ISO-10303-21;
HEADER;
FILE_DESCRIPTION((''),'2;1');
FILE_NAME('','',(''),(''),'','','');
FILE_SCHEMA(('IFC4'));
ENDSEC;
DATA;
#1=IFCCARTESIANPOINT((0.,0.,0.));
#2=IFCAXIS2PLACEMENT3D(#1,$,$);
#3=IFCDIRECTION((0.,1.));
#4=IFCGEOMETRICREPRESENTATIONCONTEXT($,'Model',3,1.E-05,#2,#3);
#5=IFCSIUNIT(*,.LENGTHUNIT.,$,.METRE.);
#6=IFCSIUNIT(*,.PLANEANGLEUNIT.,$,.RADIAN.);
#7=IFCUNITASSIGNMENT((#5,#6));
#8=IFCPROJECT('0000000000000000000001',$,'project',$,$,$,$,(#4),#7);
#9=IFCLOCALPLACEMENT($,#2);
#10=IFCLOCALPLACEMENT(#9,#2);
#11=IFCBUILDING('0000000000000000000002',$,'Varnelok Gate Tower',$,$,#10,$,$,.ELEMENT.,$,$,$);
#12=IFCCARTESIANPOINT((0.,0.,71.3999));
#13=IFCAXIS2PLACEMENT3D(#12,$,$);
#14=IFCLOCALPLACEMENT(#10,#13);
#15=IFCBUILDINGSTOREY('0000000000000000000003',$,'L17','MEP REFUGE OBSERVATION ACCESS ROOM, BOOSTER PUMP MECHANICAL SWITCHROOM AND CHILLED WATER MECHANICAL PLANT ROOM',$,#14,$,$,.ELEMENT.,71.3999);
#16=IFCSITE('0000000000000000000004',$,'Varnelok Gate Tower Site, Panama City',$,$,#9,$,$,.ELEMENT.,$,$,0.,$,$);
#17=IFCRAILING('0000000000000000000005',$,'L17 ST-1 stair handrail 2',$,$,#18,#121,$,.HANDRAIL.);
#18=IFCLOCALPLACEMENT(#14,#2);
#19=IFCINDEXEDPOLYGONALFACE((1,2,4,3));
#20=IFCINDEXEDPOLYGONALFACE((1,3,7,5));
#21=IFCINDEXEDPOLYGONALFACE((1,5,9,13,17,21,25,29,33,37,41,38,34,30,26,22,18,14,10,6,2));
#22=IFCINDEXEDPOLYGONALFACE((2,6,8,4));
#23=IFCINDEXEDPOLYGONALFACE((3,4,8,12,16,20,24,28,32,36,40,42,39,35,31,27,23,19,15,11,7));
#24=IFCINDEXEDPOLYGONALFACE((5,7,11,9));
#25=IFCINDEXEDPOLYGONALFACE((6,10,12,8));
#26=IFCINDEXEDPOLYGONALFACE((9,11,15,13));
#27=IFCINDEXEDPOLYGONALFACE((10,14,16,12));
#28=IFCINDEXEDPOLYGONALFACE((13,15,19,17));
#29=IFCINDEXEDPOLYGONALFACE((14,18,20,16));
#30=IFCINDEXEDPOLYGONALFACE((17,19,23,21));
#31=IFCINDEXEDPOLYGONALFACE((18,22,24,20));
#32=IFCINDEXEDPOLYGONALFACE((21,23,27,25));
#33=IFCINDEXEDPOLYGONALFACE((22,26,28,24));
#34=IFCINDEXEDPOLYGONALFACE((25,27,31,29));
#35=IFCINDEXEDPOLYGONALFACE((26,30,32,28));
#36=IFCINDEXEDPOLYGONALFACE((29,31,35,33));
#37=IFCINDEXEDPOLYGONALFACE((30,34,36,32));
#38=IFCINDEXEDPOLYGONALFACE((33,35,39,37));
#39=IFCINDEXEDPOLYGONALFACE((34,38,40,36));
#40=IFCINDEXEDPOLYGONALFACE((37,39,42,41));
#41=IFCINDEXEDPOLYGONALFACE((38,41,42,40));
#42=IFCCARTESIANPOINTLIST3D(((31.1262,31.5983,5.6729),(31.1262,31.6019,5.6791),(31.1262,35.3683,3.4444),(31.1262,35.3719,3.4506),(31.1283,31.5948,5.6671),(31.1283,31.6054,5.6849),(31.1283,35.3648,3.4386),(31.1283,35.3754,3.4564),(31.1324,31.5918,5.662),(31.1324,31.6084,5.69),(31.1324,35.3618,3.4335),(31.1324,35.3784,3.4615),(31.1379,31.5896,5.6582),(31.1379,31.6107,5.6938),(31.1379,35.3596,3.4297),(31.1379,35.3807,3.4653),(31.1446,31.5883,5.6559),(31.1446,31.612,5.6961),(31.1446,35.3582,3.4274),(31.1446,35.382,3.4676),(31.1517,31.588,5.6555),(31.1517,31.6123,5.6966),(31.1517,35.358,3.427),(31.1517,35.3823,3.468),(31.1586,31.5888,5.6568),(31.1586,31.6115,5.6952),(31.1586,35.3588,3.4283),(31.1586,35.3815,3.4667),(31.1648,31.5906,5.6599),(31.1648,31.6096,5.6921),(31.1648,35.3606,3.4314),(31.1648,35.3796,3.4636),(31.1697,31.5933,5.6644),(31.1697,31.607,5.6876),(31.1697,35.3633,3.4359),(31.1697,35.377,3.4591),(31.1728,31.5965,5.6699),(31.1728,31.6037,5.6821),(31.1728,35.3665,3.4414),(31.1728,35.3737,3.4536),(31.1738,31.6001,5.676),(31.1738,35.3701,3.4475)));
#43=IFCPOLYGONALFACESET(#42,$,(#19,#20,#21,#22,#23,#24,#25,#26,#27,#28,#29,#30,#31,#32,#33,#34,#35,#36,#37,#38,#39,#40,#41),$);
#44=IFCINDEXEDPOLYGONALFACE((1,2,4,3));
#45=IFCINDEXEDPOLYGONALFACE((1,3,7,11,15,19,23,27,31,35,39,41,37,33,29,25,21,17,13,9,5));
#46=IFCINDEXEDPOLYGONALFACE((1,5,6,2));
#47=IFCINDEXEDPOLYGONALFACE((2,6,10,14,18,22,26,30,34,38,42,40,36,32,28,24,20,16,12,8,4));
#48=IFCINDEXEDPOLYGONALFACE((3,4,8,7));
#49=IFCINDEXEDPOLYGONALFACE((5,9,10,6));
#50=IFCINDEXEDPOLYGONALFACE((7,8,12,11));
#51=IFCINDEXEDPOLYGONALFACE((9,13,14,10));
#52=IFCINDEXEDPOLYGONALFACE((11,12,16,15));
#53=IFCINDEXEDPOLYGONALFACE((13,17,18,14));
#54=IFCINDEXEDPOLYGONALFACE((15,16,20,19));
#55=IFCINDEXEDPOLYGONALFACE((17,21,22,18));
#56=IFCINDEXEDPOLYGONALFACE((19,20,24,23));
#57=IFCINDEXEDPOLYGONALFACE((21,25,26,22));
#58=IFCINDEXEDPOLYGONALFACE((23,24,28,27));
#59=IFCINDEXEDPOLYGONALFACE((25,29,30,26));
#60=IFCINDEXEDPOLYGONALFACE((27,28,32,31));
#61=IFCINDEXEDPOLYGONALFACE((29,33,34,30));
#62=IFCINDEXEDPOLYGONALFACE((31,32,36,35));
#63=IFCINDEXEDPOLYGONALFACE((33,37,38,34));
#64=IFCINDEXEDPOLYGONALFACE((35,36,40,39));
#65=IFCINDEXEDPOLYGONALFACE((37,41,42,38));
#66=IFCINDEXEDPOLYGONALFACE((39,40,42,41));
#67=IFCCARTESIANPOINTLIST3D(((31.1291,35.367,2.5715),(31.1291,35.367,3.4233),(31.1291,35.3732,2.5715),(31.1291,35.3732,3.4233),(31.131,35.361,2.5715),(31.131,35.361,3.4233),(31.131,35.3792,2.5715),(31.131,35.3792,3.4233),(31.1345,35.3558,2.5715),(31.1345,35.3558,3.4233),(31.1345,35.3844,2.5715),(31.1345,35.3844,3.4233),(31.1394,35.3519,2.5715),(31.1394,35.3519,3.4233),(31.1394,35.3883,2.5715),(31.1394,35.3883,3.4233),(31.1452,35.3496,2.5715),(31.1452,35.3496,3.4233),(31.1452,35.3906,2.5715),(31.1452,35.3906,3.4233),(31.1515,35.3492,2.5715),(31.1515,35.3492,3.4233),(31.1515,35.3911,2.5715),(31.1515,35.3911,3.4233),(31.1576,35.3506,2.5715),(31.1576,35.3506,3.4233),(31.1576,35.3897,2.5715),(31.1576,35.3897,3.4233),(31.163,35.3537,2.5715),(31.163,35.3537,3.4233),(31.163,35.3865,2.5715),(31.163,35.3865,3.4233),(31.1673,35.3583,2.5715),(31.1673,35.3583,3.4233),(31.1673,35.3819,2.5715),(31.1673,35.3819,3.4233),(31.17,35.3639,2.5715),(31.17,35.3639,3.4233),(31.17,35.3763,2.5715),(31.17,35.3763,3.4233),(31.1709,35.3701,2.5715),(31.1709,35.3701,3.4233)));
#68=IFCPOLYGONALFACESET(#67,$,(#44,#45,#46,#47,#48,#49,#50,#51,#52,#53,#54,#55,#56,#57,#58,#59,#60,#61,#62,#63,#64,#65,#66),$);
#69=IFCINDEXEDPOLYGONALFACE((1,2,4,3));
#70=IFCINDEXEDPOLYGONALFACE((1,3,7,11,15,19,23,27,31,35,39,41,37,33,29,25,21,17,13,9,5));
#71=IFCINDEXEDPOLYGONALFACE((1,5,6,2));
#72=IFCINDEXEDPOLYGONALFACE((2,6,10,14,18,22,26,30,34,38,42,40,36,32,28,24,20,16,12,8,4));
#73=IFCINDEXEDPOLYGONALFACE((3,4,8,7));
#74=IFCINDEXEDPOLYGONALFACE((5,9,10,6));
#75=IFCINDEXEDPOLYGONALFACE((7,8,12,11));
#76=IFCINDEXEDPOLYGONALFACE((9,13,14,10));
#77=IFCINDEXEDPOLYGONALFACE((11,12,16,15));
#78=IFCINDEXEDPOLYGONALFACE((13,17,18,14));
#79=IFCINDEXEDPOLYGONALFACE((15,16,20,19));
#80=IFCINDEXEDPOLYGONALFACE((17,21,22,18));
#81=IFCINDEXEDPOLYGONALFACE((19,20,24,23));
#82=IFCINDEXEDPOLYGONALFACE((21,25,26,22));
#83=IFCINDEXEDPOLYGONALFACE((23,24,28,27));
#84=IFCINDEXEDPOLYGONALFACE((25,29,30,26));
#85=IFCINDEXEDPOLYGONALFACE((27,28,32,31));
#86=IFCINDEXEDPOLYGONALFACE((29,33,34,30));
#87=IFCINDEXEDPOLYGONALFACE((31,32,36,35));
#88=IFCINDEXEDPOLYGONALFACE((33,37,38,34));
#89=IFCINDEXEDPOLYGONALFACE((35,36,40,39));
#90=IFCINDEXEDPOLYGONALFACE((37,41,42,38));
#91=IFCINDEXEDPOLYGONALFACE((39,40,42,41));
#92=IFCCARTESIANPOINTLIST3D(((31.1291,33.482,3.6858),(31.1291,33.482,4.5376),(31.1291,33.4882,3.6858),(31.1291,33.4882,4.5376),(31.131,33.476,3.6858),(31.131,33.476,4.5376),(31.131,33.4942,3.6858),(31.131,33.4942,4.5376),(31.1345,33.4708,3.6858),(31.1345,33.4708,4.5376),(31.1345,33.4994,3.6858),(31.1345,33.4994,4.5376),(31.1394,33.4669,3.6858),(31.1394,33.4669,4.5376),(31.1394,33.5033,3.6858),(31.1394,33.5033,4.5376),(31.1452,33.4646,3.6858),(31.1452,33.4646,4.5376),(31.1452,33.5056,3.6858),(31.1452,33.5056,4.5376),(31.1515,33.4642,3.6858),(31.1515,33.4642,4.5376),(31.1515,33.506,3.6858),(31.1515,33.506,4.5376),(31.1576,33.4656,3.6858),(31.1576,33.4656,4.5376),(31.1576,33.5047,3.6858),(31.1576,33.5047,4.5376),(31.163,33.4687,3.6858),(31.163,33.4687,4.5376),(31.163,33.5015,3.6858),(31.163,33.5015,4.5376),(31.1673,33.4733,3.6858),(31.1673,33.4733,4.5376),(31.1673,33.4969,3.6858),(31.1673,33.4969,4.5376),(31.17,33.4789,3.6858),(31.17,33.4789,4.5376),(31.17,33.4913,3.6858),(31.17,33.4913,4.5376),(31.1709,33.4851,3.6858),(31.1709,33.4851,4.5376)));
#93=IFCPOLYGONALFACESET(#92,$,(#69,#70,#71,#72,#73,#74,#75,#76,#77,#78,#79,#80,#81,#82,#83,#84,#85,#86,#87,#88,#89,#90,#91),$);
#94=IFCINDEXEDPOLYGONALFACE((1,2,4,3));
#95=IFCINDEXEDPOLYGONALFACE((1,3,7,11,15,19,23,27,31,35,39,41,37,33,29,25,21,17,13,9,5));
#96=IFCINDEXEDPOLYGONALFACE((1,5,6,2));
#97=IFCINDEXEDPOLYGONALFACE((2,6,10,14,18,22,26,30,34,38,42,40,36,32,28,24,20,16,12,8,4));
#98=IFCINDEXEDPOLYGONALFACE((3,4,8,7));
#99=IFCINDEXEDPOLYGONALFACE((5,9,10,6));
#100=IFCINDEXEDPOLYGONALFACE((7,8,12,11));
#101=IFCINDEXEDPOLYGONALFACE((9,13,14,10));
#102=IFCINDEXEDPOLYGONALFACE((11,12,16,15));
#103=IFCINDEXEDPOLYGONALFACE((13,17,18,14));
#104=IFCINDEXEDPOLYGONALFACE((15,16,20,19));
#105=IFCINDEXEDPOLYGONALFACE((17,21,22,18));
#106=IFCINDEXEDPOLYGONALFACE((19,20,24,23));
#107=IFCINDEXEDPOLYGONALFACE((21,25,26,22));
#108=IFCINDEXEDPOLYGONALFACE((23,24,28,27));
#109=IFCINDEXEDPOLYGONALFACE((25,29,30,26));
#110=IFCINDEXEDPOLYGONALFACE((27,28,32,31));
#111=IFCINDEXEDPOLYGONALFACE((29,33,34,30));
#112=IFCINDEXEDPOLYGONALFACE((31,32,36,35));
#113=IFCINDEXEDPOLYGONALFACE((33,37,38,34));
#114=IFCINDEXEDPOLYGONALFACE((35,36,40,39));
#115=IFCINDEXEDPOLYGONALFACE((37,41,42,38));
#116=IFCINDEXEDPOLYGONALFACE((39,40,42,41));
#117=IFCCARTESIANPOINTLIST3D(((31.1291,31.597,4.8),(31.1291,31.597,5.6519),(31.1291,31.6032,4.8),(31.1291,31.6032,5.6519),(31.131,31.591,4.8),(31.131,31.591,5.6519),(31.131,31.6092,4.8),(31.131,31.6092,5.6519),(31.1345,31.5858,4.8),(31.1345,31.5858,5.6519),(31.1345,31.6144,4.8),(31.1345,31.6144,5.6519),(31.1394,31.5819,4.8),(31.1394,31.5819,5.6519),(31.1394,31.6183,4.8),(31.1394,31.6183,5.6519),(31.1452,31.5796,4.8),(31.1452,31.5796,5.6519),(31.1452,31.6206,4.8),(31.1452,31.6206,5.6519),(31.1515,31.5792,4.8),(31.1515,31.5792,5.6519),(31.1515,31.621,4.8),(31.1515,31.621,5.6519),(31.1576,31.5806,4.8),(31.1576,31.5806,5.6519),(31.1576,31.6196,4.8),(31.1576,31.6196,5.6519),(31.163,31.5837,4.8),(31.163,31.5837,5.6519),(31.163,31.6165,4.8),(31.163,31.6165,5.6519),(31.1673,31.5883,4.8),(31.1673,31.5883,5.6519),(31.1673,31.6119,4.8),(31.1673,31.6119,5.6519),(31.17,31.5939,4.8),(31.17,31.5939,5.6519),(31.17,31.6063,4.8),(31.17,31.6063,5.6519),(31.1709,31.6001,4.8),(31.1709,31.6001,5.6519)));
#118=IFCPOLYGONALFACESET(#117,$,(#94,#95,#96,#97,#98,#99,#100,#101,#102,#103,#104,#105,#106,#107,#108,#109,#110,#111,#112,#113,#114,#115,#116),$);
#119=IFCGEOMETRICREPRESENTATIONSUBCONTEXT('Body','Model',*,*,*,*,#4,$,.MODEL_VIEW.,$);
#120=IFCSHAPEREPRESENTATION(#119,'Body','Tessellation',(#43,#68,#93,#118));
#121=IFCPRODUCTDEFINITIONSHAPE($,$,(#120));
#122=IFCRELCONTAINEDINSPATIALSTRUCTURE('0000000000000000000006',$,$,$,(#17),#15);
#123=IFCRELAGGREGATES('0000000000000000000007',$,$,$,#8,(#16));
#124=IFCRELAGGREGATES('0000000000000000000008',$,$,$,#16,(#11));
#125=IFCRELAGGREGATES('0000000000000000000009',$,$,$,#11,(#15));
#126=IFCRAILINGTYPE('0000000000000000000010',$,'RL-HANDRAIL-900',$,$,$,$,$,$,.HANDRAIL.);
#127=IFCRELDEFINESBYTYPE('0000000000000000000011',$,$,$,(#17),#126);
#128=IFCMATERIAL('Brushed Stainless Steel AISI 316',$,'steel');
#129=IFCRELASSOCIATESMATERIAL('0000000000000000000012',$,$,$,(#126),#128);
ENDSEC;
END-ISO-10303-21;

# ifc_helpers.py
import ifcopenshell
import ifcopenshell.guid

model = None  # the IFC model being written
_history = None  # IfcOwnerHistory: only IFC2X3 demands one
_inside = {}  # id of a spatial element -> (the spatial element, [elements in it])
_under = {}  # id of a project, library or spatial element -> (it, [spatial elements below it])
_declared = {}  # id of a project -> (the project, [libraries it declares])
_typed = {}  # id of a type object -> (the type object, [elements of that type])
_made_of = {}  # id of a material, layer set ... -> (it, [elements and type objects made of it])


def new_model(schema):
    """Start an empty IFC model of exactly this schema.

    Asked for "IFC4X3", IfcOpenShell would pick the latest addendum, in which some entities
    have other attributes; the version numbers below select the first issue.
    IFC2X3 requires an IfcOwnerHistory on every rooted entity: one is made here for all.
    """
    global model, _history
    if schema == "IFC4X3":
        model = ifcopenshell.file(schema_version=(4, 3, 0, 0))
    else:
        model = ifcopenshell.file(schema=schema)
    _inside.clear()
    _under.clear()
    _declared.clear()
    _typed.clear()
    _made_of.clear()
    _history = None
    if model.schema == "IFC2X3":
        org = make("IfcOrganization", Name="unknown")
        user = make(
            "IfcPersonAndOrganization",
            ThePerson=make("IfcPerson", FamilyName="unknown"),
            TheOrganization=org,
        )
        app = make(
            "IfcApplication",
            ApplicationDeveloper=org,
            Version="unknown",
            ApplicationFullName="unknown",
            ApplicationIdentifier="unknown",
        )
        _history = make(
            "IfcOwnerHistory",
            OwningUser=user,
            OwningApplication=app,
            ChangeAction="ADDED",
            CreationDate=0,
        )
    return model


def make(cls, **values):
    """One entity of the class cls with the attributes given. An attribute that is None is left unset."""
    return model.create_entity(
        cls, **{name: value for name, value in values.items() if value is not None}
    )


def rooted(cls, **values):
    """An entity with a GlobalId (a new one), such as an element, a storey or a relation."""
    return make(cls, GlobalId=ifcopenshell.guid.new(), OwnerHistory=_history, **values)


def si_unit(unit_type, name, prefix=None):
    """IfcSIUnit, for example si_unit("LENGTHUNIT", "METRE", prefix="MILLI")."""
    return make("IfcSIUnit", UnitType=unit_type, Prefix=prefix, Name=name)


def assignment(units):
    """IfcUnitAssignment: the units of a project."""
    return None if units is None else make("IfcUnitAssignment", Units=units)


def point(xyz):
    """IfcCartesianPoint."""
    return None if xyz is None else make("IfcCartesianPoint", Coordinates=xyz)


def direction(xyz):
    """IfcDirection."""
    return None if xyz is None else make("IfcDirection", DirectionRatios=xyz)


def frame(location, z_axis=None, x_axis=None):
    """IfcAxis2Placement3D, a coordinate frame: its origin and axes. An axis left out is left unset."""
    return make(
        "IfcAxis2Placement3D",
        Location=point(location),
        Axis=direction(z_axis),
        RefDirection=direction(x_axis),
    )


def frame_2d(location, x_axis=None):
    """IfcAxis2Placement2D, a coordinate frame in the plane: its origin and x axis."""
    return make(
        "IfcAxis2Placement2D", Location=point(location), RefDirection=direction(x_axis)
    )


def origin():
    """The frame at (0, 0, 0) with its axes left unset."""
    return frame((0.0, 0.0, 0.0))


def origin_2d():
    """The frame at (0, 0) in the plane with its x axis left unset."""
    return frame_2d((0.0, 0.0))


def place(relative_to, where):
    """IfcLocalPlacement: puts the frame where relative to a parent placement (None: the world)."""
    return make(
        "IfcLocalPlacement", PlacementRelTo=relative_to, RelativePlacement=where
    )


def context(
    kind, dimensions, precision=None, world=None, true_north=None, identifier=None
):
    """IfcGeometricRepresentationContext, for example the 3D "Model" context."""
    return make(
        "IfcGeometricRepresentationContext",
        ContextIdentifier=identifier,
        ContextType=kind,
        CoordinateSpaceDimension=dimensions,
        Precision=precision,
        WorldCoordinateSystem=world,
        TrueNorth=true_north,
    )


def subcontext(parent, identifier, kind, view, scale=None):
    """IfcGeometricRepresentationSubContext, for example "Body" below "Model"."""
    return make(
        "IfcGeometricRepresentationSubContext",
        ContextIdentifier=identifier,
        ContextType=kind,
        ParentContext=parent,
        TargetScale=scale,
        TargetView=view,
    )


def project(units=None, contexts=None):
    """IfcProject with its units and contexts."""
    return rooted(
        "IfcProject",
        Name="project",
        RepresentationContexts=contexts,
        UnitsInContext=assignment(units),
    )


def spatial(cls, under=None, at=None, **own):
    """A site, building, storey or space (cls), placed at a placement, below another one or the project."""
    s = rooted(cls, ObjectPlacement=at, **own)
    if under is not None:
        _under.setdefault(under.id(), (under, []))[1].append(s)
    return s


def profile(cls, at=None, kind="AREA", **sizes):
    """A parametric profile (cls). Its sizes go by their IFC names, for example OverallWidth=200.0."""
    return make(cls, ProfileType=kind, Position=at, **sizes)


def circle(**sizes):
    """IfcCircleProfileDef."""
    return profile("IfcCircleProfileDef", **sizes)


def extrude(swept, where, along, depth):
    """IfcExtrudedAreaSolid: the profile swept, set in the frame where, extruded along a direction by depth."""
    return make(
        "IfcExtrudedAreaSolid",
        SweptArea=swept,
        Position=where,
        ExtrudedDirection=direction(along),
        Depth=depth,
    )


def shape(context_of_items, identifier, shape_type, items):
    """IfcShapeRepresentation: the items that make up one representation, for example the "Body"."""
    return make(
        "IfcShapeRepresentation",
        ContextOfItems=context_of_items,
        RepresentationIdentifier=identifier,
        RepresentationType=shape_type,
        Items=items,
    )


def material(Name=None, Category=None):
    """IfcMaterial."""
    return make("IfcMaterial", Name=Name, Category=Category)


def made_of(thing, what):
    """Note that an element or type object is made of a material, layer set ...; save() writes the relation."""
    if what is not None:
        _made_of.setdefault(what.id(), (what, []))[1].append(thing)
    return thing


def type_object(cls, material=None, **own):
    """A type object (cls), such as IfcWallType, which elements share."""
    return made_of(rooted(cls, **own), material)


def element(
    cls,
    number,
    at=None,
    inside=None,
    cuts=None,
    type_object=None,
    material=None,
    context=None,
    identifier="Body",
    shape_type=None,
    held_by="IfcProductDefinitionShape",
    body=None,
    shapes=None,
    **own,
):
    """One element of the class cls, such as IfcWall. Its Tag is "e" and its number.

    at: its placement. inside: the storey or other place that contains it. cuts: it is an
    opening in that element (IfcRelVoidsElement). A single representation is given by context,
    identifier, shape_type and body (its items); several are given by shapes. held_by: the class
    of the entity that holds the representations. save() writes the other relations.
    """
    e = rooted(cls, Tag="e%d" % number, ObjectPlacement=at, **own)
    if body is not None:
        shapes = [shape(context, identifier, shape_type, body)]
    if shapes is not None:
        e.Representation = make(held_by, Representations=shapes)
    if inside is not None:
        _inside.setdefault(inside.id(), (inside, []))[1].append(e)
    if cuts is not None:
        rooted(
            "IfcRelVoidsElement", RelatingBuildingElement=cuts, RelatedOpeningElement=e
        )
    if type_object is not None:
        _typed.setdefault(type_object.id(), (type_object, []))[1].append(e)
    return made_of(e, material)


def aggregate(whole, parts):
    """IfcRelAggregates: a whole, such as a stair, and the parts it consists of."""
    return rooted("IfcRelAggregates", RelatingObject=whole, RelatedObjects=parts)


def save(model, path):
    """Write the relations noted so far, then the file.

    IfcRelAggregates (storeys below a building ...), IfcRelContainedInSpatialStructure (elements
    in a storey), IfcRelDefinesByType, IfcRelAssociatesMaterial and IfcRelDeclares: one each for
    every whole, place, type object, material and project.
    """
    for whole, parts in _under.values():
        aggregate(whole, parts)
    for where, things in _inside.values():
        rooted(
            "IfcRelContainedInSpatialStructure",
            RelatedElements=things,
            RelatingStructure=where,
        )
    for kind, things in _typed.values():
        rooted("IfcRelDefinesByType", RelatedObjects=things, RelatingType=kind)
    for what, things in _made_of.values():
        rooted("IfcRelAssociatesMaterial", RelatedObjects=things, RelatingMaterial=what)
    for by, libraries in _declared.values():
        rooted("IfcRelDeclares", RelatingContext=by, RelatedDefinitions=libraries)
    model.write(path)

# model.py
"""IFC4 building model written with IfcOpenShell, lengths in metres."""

from ifc_helpers import new_model, si_unit, direction, frame, origin, origin_2d, place, context, subcontext, project, spatial, circle, extrude, material, type_object, element, save


model = new_model("IFC4")

# Units and contexts
model_context = context("Model", 3, precision=1e-05, world=origin(), true_north=direction((0.0, 1.0)))
body_context = subcontext(model_context, "Body", "Model", "MODEL_VIEW")
ifc_project = project(units=[si_unit("LENGTHUNIT", "METRE"), si_unit("PLANEANGLEUNIT", "RADIAN")], contexts=[model_context])

# Site, building, storey
site_placement = place(None, origin())
site = spatial("IfcSite", under=ifc_project, at=site_placement, Name="Varnelok Gate Tower Site, Panama City", CompositionType="ELEMENT", RefElevation=0.0)
building_placement = place(site_placement, origin())
building = spatial("IfcBuilding", under=site, at=building_placement, Name="Varnelok Gate Tower", CompositionType="ELEMENT")
storey_placement = place(building_placement, frame((0.0, 0.0, 71.3999)))
storey = spatial("IfcBuildingStorey", under=building, at=storey_placement, Name="L17", Description="MEP REFUGE OBSERVATION ACCESS ROOM, BOOSTER PUMP MECHANICAL SWITCHROOM AND CHILLED WATER MECHANICAL PLANT ROOM", CompositionType="ELEMENT", Elevation=71.3999)

# Railing
ifc_material_1 = material(Name="Brushed Stainless Steel AISI 316", Category="steel")
railing_type_1 = type_object("IfcRailingType", Name="RL-HANDRAIL-900", PredefinedType="HANDRAIL", material=ifc_material_1)
railing_1_placement = place(storey_placement, frame((31.1499, 35.3701, 2.5715)))
element("IfcRailing", 1, at=railing_1_placement, inside=storey, type_object=railing_type_1, Name="L17 ST-1 stair handrail 2", PredefinedType="HANDRAIL", context=body_context, shape_type="SweptSolid", body=[
    extrude(circle(Radius=0.0239, at=origin_2d()), frame((0.0, 0.0, 0.876), z_axis=(0.0, -0.860849, 0.508861), x_axis=(1.0, 0.0, 0.0)), (0.0, 0.0, 1.0), 4.3794),
    extrude(circle(Radius=0.021, at=origin_2d()), origin(), (0.0, 0.0, 1.0), 0.8518),
    extrude(circle(Radius=0.021, at=origin_2d()), frame((0.0, -1.885, 1.1143)), (0.0, 0.0, 1.0), 0.8518),
    extrude(circle(Radius=0.021, at=origin_2d()), frame((0.0, -3.77, 2.2285)), (0.0, 0.0, 1.0), 0.8518),
])

save(model, "model.ifc")
